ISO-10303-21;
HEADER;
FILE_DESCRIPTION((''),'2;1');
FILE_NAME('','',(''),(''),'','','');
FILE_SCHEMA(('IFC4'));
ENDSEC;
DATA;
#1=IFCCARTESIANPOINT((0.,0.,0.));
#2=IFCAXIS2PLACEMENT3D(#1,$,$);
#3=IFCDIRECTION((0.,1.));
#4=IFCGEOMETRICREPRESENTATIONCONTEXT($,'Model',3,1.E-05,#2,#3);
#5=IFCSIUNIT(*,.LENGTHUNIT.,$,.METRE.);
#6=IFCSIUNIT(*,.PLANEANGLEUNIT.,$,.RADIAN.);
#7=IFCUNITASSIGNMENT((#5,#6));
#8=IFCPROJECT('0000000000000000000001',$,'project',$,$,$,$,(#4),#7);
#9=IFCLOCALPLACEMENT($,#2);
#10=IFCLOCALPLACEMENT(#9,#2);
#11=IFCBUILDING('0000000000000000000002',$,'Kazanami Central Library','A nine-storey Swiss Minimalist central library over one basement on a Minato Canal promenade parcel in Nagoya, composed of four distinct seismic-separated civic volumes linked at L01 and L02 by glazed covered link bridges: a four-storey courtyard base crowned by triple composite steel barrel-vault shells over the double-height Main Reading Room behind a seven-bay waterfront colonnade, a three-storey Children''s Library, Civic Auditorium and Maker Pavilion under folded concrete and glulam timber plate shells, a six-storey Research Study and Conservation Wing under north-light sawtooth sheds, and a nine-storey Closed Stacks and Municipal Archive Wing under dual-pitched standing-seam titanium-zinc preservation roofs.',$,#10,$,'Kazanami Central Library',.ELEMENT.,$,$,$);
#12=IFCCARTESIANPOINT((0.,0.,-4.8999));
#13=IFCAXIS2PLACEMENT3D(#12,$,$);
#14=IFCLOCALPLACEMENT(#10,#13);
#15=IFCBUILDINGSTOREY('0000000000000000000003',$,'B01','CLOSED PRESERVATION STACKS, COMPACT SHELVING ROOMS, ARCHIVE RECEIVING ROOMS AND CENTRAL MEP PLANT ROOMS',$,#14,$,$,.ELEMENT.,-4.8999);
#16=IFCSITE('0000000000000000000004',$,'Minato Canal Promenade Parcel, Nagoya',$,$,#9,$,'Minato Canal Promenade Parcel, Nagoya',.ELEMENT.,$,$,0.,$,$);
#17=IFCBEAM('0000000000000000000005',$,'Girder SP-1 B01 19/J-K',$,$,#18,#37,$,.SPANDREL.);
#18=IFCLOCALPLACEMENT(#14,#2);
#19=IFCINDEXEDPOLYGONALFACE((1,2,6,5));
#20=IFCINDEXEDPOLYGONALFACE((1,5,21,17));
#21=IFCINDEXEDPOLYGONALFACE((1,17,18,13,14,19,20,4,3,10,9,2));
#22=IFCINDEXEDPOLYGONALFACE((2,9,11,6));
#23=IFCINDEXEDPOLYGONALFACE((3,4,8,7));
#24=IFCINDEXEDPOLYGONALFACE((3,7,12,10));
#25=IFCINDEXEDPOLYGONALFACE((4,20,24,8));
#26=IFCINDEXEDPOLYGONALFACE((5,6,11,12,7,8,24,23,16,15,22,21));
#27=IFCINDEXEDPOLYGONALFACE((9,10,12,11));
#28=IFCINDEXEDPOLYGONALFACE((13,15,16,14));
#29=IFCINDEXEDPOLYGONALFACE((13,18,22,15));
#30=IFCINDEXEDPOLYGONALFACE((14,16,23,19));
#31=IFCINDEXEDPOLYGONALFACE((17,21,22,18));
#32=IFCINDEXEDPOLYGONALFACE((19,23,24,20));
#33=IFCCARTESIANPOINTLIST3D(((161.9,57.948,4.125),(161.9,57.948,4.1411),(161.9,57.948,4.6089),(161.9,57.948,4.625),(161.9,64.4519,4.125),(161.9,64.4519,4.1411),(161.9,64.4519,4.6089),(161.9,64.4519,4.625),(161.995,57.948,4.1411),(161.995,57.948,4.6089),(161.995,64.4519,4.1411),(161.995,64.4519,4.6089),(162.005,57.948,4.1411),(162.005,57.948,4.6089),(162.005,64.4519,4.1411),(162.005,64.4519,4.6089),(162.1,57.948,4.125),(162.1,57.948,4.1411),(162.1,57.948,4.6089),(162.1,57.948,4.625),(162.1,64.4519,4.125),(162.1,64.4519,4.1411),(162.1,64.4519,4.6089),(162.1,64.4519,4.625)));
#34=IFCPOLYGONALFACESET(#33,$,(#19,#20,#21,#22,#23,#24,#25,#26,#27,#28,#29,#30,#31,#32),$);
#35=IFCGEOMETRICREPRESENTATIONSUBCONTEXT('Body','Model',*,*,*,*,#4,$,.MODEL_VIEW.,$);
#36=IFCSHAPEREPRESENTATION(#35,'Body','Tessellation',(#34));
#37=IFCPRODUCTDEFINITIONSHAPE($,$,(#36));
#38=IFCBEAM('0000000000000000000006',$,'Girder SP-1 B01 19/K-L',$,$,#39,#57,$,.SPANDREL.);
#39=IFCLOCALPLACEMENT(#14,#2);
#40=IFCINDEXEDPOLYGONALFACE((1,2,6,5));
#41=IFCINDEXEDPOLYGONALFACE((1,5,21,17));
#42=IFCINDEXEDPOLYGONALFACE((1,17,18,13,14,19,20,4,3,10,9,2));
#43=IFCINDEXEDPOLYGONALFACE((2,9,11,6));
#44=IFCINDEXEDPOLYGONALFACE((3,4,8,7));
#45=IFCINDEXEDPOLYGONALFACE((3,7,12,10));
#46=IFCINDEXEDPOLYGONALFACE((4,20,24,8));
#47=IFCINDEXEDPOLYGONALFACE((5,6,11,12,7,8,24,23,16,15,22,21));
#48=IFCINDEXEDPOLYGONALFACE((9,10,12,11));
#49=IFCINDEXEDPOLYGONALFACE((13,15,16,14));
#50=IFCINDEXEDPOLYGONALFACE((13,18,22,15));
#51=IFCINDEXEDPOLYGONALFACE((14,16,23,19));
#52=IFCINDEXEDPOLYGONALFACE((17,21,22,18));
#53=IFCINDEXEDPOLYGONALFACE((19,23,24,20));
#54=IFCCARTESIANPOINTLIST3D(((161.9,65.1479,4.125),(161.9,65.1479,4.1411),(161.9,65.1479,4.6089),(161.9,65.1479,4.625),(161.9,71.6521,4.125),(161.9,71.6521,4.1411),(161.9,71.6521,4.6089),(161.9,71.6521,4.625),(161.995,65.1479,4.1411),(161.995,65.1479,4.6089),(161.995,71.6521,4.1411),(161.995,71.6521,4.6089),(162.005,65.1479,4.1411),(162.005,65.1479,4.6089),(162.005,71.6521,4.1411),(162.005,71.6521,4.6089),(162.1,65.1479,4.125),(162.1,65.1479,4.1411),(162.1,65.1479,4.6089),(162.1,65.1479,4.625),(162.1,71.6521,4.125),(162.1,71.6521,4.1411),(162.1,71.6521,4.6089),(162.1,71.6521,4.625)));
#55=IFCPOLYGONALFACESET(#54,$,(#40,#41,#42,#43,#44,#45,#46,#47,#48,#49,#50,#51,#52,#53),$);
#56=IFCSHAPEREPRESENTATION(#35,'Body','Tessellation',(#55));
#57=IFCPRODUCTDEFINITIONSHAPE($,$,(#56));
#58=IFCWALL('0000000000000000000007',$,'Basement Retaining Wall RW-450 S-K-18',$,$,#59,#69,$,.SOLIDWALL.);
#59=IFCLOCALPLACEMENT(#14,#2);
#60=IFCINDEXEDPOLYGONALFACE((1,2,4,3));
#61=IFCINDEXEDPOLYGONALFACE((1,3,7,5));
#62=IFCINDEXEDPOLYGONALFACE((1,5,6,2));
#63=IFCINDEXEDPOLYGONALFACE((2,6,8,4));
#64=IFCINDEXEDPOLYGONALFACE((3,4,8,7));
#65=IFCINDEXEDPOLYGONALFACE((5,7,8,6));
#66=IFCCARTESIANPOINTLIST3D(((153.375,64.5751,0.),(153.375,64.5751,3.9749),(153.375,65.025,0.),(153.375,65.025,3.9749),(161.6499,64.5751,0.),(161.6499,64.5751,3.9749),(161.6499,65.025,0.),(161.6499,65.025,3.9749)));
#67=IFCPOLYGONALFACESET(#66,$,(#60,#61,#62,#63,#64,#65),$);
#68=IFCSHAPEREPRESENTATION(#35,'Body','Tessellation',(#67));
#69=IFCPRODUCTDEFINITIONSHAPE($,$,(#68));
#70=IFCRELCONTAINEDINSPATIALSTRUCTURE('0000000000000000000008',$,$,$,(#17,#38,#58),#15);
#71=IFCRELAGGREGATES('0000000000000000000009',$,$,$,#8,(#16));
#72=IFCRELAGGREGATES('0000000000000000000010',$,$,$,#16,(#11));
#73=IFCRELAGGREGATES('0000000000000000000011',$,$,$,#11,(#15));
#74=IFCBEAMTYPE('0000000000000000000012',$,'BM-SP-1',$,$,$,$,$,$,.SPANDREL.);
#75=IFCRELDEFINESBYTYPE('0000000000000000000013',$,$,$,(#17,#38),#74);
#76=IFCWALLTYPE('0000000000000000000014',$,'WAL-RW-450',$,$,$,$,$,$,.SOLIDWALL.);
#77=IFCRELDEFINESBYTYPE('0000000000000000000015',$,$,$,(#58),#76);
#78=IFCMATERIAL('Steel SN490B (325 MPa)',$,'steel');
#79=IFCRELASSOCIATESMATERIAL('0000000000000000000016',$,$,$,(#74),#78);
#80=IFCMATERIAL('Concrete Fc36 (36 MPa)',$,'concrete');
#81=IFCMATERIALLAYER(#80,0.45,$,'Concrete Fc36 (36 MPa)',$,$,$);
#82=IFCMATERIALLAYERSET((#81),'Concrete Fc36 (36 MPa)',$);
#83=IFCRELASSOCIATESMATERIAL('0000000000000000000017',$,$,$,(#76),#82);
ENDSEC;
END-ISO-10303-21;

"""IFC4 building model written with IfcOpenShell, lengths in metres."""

from ifc_helpers import new_model, si_unit, direction, frame, frame_2d, origin, origin_2d, place, context, subcontext, project, spatial, rectangle, i_section, extrude, material, layer, layer_set, material_profile, profile_set, type_object, element, save


model = new_model("IFC4")

# Units and contexts
model_context = context("Model", 3, precision=1e-05, world=origin(), true_north=direction((0.0, 1.0)))
body_context = subcontext(model_context, "Body", "Model", "MODEL_VIEW")
ifc_project = project(units=[si_unit("LENGTHUNIT", "METRE"), si_unit("PLANEANGLEUNIT", "RADIAN")], contexts=[model_context])

# Site, building, storey
site_placement = place(None, origin())
site = spatial("IfcSite", under=ifc_project, at=site_placement, Name="Minato Canal Promenade Parcel, Nagoya", LongName="Minato Canal Promenade Parcel, Nagoya", CompositionType="ELEMENT", RefElevation=0.0)
building_placement = place(site_placement, origin())
building = spatial("IfcBuilding", under=site, at=building_placement, Name="Kazanami Central Library", Description="A nine-storey Swiss Minimalist central library over one basement on a Minato Canal promenade parcel in Nagoya, composed of four distinct seismic-separated civic volumes linked at L01 and L02 by glazed covered link bridges: a four-storey courtyard base crowned by triple composite steel barrel-vault shells over the double-height Main Reading Room behind a seven-bay waterfront colonnade, a three-storey Children's Library, Civic Auditorium and Maker Pavilion under folded concrete and glulam timber plate shells, a six-storey Research Study and Conservation Wing under north-light sawtooth sheds, and a nine-storey Closed Stacks and Municipal Archive Wing under dual-pitched standing-seam titanium-zinc preservation roofs.", LongName="Kazanami Central Library", CompositionType="ELEMENT")
storey_placement = place(building_placement, frame((0.0, 0.0, -4.8999)))
storey = spatial("IfcBuildingStorey", under=building, at=storey_placement, Name="B01", Description="CLOSED PRESERVATION STACKS, COMPACT SHELVING ROOMS, ARCHIVE RECEIVING ROOMS AND CENTRAL MEP PLANT ROOMS", CompositionType="ELEMENT", Elevation=-4.8999)

# Shared definitions
ifc_material_1 = material(Name="Concrete Fc36 (36 MPa)", Category="concrete")

# Beams
ifc_material_2 = material(Name="Steel SN490B (325 MPa)", Category="steel")
ifc_material_profile_1 = material_profile(ifc_material_2, i_section(OverallWidth=0.2, OverallDepth=0.5, WebThickness=0.01, FlangeThickness=0.0161, at=origin_2d()), Name="H-500x200x10x16")
ifc_profile_set_1 = profile_set([ifc_material_profile_1], Name="Steel SN490B (325 MPa)")
beam_type_1 = type_object("IfcBeamType", Name="BM-SP-1", PredefinedType="SPANDREL", material=ifc_profile_set_1)
beam_1_placement = place(storey_placement, frame((162.0, 57.948, 4.375), z_axis=(0.0, 1.0, 0.0), x_axis=(-1.0, 0.0, 0.0)))
element("IfcBeam", 1, at=beam_1_placement, inside=storey, type_object=beam_type_1, Name="Girder SP-1 B01 19/J-K", PredefinedType="SPANDREL", context=body_context, shape_type="SweptSolid", body=[
    extrude(i_section(OverallWidth=0.2, OverallDepth=0.5, WebThickness=0.01, FlangeThickness=0.0161, at=origin_2d()), origin(), (0.0, 0.0, 1.0), 6.5039),
])
beam_2_placement = place(storey_placement, frame((162.0, 65.1479, 4.375), z_axis=(0.0, 1.0, 0.0), x_axis=(-1.0, 0.0, 0.0)))
element("IfcBeam", 2, at=beam_2_placement, inside=storey, type_object=beam_type_1, Name="Girder SP-1 B01 19/K-L", PredefinedType="SPANDREL", context=body_context, shape_type="SweptSolid", body=[
    extrude(i_section(OverallWidth=0.2, OverallDepth=0.5, WebThickness=0.01, FlangeThickness=0.0161, at=origin_2d()), origin(), (0.0, 0.0, 1.0), 6.5042),
])

# Wall
ifc_layer = layer(ifc_material_1, 0.45, Name="Concrete Fc36 (36 MPa)")
ifc_layer_set = layer_set([ifc_layer], Name="Concrete Fc36 (36 MPa)")
wall_type = type_object("IfcWallType", Name="WAL-RW-450", PredefinedType="SOLIDWALL", material=ifc_layer_set)
wall_placement = place(storey_placement, frame((153.375, 64.8, 0.0), z_axis=(0.0, 0.0, 1.0), x_axis=(1.0, 0.0, 0.0)))
element("IfcWall", 3, at=wall_placement, inside=storey, type_object=wall_type, Name="Basement Retaining Wall RW-450 S-K-18", PredefinedType="SOLIDWALL", context=body_context, shape_type="SweptSolid", body=[
    extrude(rectangle(XDim=8.2749, YDim=0.45, at=frame_2d((4.1375, 0.0))), origin(), (0.0, 0.0, 1.0), 3.9749),
])

save(model, "model.ifc")
